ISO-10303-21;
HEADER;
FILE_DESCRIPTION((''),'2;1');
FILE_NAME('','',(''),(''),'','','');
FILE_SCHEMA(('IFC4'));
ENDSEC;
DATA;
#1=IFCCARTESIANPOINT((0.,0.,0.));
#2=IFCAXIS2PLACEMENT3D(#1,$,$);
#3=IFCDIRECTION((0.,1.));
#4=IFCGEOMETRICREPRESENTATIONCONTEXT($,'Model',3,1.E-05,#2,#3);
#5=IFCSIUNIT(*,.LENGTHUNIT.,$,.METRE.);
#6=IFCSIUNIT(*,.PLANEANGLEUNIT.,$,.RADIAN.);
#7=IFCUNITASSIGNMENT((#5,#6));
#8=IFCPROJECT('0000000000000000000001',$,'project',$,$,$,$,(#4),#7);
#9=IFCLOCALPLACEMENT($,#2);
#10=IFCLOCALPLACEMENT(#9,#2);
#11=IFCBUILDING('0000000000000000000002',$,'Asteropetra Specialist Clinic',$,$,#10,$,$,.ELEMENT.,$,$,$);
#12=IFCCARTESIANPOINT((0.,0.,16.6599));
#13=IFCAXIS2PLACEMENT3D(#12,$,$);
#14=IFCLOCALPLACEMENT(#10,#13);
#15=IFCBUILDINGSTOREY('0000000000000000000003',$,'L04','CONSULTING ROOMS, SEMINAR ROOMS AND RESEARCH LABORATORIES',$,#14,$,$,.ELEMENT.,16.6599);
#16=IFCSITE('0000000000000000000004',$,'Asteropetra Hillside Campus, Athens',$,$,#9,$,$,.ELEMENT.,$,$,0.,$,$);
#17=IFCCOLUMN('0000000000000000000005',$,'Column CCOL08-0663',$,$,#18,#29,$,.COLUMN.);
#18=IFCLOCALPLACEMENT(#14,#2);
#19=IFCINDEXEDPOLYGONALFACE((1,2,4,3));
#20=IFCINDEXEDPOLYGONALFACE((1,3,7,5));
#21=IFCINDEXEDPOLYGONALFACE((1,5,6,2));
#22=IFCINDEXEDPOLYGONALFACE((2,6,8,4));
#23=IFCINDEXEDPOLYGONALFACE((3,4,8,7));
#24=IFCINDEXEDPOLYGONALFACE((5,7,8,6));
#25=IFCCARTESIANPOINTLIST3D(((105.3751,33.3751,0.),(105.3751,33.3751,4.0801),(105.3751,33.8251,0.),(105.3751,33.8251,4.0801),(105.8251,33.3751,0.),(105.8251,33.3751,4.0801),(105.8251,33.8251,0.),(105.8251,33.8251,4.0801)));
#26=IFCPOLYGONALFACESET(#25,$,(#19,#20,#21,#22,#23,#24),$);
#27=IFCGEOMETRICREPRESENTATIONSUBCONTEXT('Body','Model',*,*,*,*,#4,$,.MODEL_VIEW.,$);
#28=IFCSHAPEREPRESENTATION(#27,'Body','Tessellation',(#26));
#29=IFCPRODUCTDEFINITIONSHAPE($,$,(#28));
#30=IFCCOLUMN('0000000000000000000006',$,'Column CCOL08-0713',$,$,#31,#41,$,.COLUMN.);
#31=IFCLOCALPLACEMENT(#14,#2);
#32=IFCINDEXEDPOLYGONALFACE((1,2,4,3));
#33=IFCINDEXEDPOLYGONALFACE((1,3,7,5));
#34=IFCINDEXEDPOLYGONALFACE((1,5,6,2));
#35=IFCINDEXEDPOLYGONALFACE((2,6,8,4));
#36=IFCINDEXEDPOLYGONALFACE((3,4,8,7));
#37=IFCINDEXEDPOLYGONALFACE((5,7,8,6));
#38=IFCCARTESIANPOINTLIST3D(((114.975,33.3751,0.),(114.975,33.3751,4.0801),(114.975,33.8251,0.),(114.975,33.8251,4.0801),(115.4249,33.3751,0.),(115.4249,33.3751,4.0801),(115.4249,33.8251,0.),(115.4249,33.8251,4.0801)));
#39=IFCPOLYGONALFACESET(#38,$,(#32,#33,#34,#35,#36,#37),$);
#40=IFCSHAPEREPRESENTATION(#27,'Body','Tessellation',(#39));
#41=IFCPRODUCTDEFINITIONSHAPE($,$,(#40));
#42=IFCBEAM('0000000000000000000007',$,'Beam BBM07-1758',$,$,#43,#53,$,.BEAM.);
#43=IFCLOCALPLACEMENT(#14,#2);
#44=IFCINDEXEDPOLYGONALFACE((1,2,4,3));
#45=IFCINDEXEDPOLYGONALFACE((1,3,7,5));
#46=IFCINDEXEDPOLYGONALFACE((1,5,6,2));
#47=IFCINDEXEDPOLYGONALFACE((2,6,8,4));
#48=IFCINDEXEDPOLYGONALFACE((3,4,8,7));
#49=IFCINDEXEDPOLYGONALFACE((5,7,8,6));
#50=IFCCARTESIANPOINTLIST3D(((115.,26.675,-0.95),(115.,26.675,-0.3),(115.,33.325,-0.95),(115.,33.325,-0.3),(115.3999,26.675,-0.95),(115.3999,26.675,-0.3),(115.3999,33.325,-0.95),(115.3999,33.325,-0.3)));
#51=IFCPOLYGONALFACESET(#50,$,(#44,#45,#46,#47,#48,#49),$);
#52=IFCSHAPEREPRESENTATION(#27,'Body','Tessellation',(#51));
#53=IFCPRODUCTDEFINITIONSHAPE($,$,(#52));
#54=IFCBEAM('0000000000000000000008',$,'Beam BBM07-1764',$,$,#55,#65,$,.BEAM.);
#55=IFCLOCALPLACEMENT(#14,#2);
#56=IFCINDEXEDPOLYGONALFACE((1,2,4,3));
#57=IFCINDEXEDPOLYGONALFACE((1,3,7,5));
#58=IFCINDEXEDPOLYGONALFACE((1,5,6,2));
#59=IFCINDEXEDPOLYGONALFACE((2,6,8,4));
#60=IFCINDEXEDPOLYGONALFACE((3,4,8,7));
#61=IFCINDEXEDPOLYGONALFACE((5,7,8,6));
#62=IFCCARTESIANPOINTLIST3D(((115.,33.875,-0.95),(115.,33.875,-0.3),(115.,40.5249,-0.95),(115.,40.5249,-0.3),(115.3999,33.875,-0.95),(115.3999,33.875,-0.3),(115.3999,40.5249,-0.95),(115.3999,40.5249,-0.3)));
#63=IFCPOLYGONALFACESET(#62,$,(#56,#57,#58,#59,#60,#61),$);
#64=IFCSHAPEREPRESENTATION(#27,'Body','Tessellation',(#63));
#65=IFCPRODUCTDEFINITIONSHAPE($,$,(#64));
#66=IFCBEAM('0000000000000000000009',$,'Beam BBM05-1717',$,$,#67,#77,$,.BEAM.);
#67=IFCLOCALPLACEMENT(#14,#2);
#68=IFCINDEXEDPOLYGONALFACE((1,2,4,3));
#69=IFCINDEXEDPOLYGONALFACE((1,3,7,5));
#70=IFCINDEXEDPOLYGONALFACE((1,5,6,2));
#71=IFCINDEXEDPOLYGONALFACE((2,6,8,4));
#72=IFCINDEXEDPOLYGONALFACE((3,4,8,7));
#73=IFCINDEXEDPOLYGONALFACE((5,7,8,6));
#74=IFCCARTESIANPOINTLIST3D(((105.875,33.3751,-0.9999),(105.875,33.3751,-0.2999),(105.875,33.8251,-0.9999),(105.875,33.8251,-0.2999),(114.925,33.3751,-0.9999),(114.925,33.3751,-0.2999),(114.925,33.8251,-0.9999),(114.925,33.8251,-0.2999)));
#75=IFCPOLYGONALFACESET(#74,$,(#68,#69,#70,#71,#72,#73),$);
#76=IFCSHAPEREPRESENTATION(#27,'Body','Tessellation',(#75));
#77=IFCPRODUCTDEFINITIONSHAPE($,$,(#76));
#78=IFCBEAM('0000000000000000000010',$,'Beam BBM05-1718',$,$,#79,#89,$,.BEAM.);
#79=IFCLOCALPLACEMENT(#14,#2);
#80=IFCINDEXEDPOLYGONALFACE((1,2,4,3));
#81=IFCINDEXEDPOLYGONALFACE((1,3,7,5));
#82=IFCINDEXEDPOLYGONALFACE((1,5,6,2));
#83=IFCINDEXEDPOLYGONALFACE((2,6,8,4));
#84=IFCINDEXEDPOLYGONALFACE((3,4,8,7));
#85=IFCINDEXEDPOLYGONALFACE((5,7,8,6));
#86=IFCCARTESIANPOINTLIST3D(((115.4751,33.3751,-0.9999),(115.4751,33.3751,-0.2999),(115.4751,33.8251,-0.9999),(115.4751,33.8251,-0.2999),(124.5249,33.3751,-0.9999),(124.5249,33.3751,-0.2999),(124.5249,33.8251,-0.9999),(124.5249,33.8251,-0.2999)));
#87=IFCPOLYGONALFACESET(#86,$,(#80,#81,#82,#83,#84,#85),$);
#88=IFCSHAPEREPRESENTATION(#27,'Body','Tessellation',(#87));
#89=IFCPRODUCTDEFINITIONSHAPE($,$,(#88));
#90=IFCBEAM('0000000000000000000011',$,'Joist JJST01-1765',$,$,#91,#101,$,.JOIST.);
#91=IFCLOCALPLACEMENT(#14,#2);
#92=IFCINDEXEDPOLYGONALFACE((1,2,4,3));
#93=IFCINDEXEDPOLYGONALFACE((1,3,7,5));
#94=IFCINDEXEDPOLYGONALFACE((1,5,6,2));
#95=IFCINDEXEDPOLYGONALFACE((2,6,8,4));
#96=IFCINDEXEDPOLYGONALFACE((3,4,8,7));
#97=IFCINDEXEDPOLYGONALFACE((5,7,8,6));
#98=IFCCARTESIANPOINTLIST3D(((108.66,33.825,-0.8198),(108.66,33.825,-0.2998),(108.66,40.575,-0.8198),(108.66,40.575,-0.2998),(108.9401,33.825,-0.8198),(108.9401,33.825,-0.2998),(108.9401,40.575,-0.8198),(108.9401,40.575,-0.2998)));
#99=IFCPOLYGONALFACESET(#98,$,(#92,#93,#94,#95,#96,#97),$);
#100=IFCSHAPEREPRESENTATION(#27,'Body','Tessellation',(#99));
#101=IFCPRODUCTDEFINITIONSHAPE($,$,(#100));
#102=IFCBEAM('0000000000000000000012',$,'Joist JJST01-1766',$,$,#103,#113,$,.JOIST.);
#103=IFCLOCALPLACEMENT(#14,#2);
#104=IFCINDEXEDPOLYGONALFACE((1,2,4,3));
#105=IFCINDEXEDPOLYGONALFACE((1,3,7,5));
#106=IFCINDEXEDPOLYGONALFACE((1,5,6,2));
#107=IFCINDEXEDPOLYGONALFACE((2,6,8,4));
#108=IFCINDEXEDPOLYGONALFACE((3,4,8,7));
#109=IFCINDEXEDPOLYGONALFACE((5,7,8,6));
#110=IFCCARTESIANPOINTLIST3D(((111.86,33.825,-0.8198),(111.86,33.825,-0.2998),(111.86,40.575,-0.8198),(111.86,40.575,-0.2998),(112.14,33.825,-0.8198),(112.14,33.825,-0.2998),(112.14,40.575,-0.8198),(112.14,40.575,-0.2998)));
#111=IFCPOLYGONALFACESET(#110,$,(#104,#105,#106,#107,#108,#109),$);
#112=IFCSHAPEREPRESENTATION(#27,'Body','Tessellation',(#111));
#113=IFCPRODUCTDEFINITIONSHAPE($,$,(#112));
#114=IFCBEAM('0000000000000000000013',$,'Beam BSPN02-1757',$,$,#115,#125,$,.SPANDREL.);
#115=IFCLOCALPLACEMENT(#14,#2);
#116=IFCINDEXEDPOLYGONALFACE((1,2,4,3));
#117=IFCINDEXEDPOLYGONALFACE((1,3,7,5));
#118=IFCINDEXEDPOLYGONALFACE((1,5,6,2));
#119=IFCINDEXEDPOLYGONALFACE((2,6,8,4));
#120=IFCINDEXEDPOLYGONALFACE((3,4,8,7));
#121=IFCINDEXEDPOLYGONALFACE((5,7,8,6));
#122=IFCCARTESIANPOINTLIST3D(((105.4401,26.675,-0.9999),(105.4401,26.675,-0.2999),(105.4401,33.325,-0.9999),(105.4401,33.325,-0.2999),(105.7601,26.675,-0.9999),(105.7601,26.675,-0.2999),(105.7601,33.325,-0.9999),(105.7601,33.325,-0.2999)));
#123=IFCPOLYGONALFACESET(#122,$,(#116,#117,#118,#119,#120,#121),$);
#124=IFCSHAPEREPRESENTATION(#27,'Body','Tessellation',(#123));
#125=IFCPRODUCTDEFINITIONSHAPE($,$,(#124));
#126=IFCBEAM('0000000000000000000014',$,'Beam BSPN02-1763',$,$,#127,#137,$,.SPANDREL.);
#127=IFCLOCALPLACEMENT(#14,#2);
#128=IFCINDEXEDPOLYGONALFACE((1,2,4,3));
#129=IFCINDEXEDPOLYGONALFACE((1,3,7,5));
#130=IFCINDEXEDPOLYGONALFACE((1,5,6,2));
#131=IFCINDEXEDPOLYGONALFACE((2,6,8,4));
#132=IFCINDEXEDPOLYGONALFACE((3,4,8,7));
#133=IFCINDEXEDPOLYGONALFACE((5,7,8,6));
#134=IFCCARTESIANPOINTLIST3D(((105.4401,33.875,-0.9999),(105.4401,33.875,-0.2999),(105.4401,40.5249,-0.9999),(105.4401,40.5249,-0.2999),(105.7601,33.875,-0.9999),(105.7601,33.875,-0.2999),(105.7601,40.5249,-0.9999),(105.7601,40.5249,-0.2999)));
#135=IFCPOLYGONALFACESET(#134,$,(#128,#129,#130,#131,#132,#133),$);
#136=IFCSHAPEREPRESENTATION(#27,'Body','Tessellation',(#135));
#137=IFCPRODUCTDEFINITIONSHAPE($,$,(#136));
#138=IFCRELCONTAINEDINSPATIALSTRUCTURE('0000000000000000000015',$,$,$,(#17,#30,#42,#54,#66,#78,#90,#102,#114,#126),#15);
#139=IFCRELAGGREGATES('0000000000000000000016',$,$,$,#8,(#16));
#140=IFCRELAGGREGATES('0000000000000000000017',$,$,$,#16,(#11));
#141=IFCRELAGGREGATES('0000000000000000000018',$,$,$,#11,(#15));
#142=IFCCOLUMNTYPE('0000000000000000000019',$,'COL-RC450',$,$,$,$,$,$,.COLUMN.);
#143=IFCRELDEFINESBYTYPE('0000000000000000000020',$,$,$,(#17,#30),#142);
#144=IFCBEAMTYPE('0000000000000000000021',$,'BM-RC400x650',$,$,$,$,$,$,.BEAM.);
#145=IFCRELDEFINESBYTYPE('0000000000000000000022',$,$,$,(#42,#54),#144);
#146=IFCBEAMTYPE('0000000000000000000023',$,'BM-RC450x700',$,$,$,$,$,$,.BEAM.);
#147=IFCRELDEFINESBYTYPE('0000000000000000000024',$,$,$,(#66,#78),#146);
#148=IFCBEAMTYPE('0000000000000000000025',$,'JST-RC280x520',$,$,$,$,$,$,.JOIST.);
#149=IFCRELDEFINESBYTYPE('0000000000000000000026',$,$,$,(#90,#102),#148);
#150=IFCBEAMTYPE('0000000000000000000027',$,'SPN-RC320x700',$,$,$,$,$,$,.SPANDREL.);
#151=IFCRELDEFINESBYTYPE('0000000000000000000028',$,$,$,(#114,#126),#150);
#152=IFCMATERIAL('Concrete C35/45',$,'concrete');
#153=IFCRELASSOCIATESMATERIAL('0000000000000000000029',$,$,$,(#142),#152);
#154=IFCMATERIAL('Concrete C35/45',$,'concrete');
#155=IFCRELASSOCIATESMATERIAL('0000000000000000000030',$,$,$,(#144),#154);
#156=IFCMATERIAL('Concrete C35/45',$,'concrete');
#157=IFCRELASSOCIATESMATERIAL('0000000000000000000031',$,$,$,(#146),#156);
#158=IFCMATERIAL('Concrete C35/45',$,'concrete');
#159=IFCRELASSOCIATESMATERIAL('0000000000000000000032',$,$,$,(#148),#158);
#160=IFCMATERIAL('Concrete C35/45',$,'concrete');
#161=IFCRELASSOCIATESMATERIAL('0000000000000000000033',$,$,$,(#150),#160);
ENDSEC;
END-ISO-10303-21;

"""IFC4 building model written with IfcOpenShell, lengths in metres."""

from ifc_helpers import new_model, si_unit, direction, frame, origin, origin_2d, place, context, subcontext, project, spatial, rectangle, extrude, material, material_profile, profile_set, type_object, element, save


model = new_model("IFC4")

# Units and contexts
model_context = context("Model", 3, precision=1e-05, world=origin(), true_north=direction((0.0, 1.0)))
body_context = subcontext(model_context, "Body", "Model", "MODEL_VIEW")
ifc_project = project(units=[si_unit("LENGTHUNIT", "METRE"), si_unit("PLANEANGLEUNIT", "RADIAN")], contexts=[model_context])

# Site, building, storey
site_placement = place(None, origin())
site = spatial("IfcSite", under=ifc_project, at=site_placement, Name="Asteropetra Hillside Campus, Athens", CompositionType="ELEMENT", RefElevation=0.0)
building_placement = place(site_placement, origin())
building = spatial("IfcBuilding", under=site, at=building_placement, Name="Asteropetra Specialist Clinic", CompositionType="ELEMENT")
storey_placement = place(building_placement, frame((0.0, 0.0, 16.6599)))
storey = spatial("IfcBuildingStorey", under=building, at=storey_placement, Name="L04", Description="CONSULTING ROOMS, SEMINAR ROOMS AND RESEARCH LABORATORIES", CompositionType="ELEMENT", Elevation=16.6599)

# Columns
ifc_material_1 = material(Name="Concrete C35/45", Category="concrete")
ifc_material_profile_1 = material_profile(ifc_material_1, rectangle(XDim=0.45, YDim=0.45, at=origin_2d()), Name="RC 450x450")
ifc_profile_set_1 = profile_set([ifc_material_profile_1], Name="Concrete C35/45")
column_type = type_object("IfcColumnType", Name="COL-RC450", PredefinedType="COLUMN", material=ifc_profile_set_1)
for number, where, z_axis, x_axis, name in (
    (1, (105.6001, 33.6001, 0.0), (0.0, 0.0, 1.0), (1.0, 0.0, 0.0), "Column CCOL08-0663"),
    (2, (115.2, 33.6001, 0.0), (0.0, 0.0, 1.0), (1.0, 0.0, 0.0), "Column CCOL08-0713"),
):
    element("IfcColumn", number, at=place(storey_placement, frame(where, z_axis=z_axis, x_axis=x_axis)), inside=storey, type_object=column_type, Name=name, PredefinedType="COLUMN", context=body_context, shape_type="SweptSolid", body=[
        extrude(rectangle(XDim=0.45, YDim=0.45, at=origin_2d()), origin(), (0.0, 0.0, 1.0), 4.0801),
    ])

# Beams
ifc_material_2 = material(Name="Concrete C35/45", Category="concrete")
ifc_material_profile_2 = material_profile(ifc_material_2, rectangle(XDim=0.3999, YDim=0.6499, at=origin_2d()), Name="RCB 400x650")
ifc_profile_set_2 = profile_set([ifc_material_profile_2], Name="Concrete C35/45")
beam_type_1 = type_object("IfcBeamType", Name="BM-RC400x650", PredefinedType="BEAM", material=ifc_profile_set_2)
for number, where, z_axis, x_axis, name in (
    (3, (115.2, 26.675, -0.625), (0.0, 1.0, 0.0), (-1.0, 0.0, 0.0), "Beam BBM07-1758"),
    (4, (115.2, 33.875, -0.625), (0.0, 1.0, 0.0), (-1.0, 0.0, 0.0), "Beam BBM07-1764"),
):
    element("IfcBeam", number, at=place(storey_placement, frame(where, z_axis=z_axis, x_axis=x_axis)), inside=storey, type_object=beam_type_1, Name=name, PredefinedType="BEAM", context=body_context, shape_type="SweptSolid", body=[
        extrude(rectangle(XDim=0.3999, YDim=0.6499, at=origin_2d()), origin(), (0.0, 0.0, 1.0), 6.6499),
    ])
ifc_material_3 = material(Name="Concrete C35/45", Category="concrete")
ifc_material_profile_3 = material_profile(ifc_material_3, rectangle(XDim=0.45, YDim=0.7, at=origin_2d()), Name="RCB 450x700")
ifc_profile_set_3 = profile_set([ifc_material_profile_3], Name="Concrete C35/45")
beam_type_2 = type_object("IfcBeamType", Name="BM-RC450x700", PredefinedType="BEAM", material=ifc_profile_set_3)
beam_1_placement = place(storey_placement, frame((105.875, 33.6001, -0.6499), z_axis=(1.0, 0.0, 0.0), x_axis=(0.0, 1.0, 0.0)))
element("IfcBeam", 5, at=beam_1_placement, inside=storey, type_object=beam_type_2, Name="Beam BBM05-1717", PredefinedType="BEAM", context=body_context, shape_type="SweptSolid", body=[
    extrude(rectangle(XDim=0.45, YDim=0.7, at=origin_2d()), origin(), (0.0, 0.0, 1.0), 9.05),
])
beam_2_placement = place(storey_placement, frame((115.4751, 33.6001, -0.6499), z_axis=(1.0, 0.0, 0.0), x_axis=(0.0, 1.0, 0.0)))
element("IfcBeam", 6, at=beam_2_placement, inside=storey, type_object=beam_type_2, Name="Beam BBM05-1718", PredefinedType="BEAM", context=body_context, shape_type="SweptSolid", body=[
    extrude(rectangle(XDim=0.45, YDim=0.7, at=origin_2d()), origin(), (0.0, 0.0, 1.0), 9.0498),
])
ifc_material_4 = material(Name="Concrete C35/45", Category="concrete")
ifc_material_profile_4 = material_profile(ifc_material_4, rectangle(XDim=0.28, YDim=0.52, at=origin_2d()), Name="RCJ 280x520")
ifc_profile_set_4 = profile_set([ifc_material_profile_4], Name="Concrete C35/45")
beam_type_3 = type_object("IfcBeamType", Name="JST-RC280x520", PredefinedType="JOIST", material=ifc_profile_set_4)
for number, where, z_axis, x_axis, name in (
    (7, (108.8, 33.825, -0.5598), (0.0, 1.0, 0.0), (-1.0, 0.0, 0.0), "Joist JJST01-1765"),
    (8, (112.0, 33.825, -0.5598), (0.0, 1.0, 0.0), (-1.0, 0.0, 0.0), "Joist JJST01-1766"),
):
    element("IfcBeam", number, at=place(storey_placement, frame(where, z_axis=z_axis, x_axis=x_axis)), inside=storey, type_object=beam_type_3, Name=name, PredefinedType="JOIST", context=body_context, shape_type="SweptSolid", body=[
        extrude(rectangle(XDim=0.28, YDim=0.52, at=origin_2d()), origin(), (0.0, 0.0, 1.0), 6.75),
    ])
ifc_material_5 = material(Name="Concrete C35/45", Category="concrete")
ifc_material_profile_5 = material_profile(ifc_material_5, rectangle(XDim=0.3201, YDim=0.7, at=origin_2d()), Name="RCS 320x700")
ifc_profile_set_5 = profile_set([ifc_material_profile_5], Name="Concrete C35/45")
beam_type_4 = type_object("IfcBeamType", Name="SPN-RC320x700", PredefinedType="SPANDREL", material=ifc_profile_set_5)
for number, where, z_axis, x_axis, name in (
    (9, (105.6001, 26.675, -0.6499), (0.0, 1.0, 0.0), (-1.0, 0.0, 0.0), "Beam BSPN02-1757"),
    (10, (105.6001, 33.875, -0.6499), (0.0, 1.0, 0.0), (-1.0, 0.0, 0.0), "Beam BSPN02-1763"),
):
    element("IfcBeam", number, at=place(storey_placement, frame(where, z_axis=z_axis, x_axis=x_axis)), inside=storey, type_object=beam_type_4, Name=name, PredefinedType="SPANDREL", context=body_context, shape_type="SweptSolid", body=[
        extrude(rectangle(XDim=0.3201, YDim=0.7, at=origin_2d()), origin(), (0.0, 0.0, 1.0), 6.6499),
    ])

save(model, "model.ifc")
